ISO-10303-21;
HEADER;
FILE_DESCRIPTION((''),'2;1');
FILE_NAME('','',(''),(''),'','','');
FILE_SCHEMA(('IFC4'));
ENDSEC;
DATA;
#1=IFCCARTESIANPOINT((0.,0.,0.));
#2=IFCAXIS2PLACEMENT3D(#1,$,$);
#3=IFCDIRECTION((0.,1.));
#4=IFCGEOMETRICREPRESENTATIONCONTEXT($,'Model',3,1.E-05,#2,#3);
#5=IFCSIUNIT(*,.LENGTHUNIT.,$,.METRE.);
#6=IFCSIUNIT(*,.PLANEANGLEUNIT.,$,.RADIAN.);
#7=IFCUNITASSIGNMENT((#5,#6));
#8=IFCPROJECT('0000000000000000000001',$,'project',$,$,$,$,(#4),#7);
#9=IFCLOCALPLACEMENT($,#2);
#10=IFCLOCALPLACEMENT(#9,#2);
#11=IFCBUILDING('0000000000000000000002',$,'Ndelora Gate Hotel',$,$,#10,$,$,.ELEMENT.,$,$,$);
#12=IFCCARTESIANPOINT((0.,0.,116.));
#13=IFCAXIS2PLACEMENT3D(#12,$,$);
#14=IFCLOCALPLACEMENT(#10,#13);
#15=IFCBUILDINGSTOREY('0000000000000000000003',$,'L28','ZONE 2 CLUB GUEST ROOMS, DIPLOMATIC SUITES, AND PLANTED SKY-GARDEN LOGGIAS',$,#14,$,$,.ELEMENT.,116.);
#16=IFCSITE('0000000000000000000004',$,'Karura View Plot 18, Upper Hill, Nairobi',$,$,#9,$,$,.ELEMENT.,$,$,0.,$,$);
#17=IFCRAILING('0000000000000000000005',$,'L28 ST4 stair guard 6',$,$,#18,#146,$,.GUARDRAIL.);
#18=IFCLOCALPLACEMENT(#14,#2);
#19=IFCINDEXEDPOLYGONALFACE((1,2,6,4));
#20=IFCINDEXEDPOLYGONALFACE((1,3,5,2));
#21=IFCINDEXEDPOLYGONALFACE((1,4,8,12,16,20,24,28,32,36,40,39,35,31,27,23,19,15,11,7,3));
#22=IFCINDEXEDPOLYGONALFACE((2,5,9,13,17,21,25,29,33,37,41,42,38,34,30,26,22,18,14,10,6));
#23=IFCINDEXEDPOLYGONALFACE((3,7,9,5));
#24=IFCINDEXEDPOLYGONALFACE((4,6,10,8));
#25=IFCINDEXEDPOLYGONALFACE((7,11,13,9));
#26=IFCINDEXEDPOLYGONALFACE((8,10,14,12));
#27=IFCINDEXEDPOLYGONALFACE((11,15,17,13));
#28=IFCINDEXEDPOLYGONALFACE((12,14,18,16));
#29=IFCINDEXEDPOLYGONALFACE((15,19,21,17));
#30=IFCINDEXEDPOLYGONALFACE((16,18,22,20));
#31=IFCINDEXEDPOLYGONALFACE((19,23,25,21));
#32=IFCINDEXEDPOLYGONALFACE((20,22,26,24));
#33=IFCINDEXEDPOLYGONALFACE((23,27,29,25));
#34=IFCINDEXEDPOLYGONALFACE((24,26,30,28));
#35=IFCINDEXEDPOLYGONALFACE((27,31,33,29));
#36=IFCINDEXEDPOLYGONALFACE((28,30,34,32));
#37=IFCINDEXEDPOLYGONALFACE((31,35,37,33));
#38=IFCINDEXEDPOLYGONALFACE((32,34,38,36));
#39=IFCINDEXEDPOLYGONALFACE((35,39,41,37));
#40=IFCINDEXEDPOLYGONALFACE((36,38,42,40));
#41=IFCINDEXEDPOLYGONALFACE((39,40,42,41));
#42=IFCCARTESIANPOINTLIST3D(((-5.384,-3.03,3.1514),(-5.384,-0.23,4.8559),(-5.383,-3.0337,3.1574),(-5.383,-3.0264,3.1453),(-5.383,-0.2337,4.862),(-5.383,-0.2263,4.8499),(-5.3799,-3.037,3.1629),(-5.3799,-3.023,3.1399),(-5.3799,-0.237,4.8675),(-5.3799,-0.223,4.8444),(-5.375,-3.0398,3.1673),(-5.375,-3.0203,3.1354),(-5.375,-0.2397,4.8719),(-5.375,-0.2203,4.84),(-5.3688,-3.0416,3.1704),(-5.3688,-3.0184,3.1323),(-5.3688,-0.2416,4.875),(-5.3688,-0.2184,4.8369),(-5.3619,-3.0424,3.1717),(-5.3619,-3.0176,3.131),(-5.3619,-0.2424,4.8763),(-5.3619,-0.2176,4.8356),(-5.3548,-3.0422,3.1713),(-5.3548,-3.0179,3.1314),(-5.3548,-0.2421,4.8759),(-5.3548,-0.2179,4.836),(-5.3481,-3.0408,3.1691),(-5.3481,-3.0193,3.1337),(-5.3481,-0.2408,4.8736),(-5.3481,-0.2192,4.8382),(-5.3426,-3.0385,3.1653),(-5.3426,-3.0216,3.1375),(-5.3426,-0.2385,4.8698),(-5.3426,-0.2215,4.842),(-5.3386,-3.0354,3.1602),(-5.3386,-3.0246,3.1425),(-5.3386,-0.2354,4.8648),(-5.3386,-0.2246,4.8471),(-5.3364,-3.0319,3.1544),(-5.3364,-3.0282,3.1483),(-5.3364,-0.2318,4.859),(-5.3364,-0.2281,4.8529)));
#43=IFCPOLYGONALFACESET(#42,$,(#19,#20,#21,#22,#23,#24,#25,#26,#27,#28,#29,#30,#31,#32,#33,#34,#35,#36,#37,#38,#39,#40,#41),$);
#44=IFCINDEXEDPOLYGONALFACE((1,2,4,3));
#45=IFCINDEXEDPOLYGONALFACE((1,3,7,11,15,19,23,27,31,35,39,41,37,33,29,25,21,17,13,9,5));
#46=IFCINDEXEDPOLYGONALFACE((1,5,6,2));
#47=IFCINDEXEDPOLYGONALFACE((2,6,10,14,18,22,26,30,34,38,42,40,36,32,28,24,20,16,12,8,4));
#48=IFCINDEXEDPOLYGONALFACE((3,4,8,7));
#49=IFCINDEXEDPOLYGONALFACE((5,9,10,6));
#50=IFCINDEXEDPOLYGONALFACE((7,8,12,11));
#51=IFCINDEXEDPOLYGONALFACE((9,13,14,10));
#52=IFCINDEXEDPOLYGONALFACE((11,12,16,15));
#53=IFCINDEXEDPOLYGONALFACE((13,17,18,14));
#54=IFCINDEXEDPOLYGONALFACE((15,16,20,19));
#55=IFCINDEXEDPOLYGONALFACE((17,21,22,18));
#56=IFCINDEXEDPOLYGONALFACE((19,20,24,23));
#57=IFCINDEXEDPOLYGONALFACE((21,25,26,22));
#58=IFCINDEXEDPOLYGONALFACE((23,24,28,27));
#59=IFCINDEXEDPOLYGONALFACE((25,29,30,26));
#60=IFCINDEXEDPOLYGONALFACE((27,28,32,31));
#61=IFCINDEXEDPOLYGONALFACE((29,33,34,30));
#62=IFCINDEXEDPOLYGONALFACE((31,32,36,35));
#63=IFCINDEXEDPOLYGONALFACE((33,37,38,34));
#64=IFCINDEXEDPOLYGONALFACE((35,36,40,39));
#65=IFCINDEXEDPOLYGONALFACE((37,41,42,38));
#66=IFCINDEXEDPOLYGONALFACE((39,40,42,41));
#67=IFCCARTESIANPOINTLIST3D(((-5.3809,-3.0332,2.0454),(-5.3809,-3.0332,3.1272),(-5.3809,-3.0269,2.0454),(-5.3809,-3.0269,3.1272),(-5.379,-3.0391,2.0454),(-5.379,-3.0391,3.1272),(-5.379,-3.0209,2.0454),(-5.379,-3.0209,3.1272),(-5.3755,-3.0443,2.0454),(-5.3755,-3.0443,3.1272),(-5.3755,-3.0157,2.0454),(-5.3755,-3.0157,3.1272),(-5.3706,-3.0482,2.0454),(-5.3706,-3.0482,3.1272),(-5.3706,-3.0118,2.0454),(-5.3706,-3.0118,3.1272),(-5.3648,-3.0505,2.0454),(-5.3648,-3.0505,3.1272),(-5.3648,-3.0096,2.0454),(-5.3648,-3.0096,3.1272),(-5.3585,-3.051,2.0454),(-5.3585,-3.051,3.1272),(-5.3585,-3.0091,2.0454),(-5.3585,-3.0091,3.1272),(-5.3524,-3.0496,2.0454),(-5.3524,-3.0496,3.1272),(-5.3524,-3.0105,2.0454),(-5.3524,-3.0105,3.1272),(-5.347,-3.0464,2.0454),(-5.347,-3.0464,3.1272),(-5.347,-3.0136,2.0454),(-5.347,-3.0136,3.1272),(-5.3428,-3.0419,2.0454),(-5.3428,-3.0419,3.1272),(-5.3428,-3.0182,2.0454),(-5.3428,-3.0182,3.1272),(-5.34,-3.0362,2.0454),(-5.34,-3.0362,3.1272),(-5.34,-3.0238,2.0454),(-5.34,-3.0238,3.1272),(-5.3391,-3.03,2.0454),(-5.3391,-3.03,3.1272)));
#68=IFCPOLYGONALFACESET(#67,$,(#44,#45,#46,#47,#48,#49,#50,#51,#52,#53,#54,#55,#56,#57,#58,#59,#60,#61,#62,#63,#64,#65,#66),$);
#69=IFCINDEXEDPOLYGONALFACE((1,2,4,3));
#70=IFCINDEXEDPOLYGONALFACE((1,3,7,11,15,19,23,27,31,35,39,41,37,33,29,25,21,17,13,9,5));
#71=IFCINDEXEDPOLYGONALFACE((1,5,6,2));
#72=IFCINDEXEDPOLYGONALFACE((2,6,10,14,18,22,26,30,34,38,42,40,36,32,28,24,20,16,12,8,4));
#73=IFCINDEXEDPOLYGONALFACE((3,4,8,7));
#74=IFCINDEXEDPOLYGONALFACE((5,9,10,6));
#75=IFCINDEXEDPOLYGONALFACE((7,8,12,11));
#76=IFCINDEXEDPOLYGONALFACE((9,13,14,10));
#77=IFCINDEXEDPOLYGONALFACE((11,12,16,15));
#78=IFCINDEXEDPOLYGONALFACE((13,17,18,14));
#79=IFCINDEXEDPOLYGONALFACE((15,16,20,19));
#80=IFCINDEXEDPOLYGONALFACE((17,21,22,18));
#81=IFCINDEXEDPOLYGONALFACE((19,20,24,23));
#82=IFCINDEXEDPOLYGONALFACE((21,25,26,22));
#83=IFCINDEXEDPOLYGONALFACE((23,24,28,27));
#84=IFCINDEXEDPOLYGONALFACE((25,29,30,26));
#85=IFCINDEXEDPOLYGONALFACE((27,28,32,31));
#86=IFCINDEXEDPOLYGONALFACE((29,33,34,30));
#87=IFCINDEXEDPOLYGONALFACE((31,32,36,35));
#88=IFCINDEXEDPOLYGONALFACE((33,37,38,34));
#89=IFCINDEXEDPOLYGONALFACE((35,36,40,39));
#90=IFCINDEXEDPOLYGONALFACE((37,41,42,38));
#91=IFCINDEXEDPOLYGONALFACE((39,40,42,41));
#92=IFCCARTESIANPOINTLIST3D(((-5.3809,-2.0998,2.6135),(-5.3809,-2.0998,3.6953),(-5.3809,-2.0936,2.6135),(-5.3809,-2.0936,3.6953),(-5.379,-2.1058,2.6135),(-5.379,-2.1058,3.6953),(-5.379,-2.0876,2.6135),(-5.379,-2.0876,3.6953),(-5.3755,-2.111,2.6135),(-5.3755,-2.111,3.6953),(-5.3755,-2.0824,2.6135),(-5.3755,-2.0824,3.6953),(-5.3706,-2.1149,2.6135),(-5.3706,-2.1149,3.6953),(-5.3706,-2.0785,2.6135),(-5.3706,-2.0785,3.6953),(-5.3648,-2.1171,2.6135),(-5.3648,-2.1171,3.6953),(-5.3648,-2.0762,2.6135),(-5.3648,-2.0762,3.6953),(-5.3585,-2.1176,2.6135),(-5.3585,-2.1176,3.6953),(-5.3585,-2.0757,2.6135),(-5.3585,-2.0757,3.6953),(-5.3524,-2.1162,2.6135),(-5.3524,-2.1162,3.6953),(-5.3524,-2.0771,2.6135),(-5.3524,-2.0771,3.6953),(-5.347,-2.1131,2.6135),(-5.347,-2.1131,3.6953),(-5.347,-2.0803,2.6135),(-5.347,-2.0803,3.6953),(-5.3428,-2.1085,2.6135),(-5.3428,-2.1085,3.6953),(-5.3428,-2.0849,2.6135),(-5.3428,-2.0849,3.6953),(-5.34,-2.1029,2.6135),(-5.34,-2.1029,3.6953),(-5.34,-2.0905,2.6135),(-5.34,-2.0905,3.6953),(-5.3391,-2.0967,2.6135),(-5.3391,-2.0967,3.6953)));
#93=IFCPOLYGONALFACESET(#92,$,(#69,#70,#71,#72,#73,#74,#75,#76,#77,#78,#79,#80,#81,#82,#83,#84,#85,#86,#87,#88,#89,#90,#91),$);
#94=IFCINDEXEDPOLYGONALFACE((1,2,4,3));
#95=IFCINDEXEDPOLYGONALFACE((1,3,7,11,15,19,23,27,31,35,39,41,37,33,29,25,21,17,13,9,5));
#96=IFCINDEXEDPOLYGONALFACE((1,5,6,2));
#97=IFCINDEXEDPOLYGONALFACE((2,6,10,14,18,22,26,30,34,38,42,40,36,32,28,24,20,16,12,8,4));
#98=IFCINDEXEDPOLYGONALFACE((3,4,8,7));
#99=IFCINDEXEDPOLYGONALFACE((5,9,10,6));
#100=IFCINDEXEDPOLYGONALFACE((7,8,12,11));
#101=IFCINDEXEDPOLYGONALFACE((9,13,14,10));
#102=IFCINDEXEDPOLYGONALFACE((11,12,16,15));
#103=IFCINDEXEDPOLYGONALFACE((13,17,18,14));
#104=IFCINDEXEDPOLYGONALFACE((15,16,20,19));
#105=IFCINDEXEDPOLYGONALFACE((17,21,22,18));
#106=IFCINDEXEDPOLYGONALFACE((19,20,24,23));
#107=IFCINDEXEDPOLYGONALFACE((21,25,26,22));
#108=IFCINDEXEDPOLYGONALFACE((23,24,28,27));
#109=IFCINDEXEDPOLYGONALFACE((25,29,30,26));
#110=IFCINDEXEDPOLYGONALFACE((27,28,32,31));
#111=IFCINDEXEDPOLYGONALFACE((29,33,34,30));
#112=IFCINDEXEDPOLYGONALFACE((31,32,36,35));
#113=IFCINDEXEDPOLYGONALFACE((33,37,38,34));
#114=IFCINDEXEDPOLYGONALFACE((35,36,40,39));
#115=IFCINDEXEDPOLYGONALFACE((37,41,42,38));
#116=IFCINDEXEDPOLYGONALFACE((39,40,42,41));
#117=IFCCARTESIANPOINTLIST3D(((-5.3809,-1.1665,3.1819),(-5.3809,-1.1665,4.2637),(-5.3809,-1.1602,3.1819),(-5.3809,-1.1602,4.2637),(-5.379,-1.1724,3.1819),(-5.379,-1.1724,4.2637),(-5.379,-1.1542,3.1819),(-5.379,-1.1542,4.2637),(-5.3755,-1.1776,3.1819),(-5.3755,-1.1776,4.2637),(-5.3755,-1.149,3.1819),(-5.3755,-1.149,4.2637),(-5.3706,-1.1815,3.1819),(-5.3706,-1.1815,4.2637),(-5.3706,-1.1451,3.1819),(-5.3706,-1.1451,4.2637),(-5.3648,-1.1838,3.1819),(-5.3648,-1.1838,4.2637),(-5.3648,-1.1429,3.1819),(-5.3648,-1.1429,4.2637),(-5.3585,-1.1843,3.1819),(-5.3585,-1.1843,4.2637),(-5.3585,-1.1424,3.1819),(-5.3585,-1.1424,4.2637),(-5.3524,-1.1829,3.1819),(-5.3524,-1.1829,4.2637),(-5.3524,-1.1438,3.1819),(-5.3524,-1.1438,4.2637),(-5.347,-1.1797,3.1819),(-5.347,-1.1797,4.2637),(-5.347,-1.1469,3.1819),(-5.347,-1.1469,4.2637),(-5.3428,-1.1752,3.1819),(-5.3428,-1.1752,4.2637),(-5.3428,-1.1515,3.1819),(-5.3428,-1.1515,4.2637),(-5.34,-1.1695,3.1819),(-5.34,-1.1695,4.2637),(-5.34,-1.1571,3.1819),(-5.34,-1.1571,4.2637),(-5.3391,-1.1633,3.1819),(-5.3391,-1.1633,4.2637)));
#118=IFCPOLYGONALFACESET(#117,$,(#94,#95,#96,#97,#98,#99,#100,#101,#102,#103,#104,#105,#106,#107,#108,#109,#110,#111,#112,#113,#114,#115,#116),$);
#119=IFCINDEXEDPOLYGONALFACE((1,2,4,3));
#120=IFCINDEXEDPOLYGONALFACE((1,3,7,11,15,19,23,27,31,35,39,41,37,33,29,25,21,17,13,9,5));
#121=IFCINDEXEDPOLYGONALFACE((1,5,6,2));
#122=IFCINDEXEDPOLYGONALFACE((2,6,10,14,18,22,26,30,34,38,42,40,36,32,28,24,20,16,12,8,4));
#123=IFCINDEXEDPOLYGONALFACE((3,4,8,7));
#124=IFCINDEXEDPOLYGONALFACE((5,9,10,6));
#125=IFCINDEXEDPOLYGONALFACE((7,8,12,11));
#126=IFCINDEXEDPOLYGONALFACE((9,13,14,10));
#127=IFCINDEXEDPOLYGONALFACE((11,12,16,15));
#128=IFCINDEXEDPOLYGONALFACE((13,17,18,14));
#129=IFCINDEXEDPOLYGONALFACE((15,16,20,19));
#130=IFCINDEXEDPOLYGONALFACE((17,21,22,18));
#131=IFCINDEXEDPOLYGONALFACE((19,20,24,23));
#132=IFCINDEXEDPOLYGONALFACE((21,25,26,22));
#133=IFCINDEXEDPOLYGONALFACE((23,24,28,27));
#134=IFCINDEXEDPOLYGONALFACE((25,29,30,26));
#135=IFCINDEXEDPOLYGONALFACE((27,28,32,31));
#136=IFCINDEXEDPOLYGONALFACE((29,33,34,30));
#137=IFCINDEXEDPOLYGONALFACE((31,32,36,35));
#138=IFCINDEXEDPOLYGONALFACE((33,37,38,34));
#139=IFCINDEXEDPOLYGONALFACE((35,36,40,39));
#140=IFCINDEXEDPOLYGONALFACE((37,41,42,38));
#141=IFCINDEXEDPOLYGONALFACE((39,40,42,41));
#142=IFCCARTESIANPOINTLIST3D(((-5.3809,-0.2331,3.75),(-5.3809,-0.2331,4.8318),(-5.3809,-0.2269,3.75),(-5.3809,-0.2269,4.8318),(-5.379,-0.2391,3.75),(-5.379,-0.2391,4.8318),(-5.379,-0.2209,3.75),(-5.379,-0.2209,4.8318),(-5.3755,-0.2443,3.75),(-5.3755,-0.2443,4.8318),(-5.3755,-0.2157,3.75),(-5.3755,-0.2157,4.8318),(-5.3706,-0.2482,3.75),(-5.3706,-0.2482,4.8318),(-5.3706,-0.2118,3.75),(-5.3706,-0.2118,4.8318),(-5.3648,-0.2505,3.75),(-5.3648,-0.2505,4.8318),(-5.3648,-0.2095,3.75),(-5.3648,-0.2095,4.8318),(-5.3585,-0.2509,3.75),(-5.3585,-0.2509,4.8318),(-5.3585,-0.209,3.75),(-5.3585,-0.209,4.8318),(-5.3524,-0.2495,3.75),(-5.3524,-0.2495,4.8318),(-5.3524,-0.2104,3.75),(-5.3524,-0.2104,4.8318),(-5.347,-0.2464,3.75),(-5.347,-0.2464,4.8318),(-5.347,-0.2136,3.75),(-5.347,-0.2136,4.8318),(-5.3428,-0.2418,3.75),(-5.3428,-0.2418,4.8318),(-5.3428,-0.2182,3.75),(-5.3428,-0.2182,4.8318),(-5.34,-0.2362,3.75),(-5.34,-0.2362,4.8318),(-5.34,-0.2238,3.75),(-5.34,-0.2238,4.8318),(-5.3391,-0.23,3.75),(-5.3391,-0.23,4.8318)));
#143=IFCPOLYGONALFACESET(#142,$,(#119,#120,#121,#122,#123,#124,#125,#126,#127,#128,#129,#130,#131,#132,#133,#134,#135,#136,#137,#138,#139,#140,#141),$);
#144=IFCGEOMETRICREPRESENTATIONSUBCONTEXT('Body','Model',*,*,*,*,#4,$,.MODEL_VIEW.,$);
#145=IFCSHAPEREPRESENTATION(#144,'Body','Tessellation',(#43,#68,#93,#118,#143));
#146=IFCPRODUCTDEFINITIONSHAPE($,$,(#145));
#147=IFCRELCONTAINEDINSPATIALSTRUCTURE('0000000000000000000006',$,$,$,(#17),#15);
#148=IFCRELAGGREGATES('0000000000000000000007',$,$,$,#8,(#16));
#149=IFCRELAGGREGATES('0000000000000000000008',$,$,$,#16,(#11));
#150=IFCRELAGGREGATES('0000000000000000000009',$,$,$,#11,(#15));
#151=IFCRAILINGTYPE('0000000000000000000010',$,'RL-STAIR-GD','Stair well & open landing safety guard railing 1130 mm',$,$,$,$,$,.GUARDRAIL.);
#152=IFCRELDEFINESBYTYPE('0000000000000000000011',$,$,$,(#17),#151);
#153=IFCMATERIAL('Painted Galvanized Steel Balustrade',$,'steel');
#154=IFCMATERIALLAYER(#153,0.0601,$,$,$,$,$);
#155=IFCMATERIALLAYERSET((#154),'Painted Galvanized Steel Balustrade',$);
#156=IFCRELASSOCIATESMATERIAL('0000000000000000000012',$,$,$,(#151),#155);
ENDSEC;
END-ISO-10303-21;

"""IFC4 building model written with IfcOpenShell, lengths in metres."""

from ifc_helpers import new_model, si_unit, direction, frame, origin, origin_2d, place, context, subcontext, project, spatial, circle, extrude, material, layer, layer_set, type_object, element, save


model = new_model("IFC4")

# Units and contexts
model_context = context("Model", 3, precision=1e-05, world=origin(), true_north=direction((0.0, 1.0)))
body_context = subcontext(model_context, "Body", "Model", "MODEL_VIEW")
ifc_project = project(units=[si_unit("LENGTHUNIT", "METRE"), si_unit("PLANEANGLEUNIT", "RADIAN")], contexts=[model_context])

# Site, building, storey
site_placement = place(None, origin())
site = spatial("IfcSite", under=ifc_project, at=site_placement, Name="Karura View Plot 18, Upper Hill, Nairobi", CompositionType="ELEMENT", RefElevation=0.0)
building_placement = place(site_placement, origin())
building = spatial("IfcBuilding", under=site, at=building_placement, Name="Ndelora Gate Hotel", CompositionType="ELEMENT")
storey_placement = place(building_placement, frame((0.0, 0.0, 116.0)))
storey = spatial("IfcBuildingStorey", under=building, at=storey_placement, Name="L28", Description="ZONE 2 CLUB GUEST ROOMS, DIPLOMATIC SUITES, AND PLANTED SKY-GARDEN LOGGIAS", CompositionType="ELEMENT", Elevation=116.0)

# Railing
ifc_material_1 = material(Name="Painted Galvanized Steel Balustrade", Category="steel")
ifc_layer_1 = layer(ifc_material_1, 0.0601)
ifc_layer_set_1 = layer_set([ifc_layer_1], Name="Painted Galvanized Steel Balustrade")
railing_type_1 = type_object("IfcRailingType", Name="RL-STAIR-GD", Description="Stair well & open landing safety guard railing 1130 mm", PredefinedType="GUARDRAIL", material=ifc_layer_set_1)
railing_1_placement = place(storey_placement, frame((-5.3601, -3.03, 2.0454)))
element("IfcRailing", 1, at=railing_1_placement, inside=storey, type_object=railing_type_1, Name="L28 ST4 stair guard 6", PredefinedType="GUARDRAIL", context=body_context, shape_type="SweptSolid", body=[
    extrude(circle(Radius=0.0239, at=origin_2d()), frame((0.0, 0.0, 1.106), z_axis=(0.0, 0.85417, 0.519994), x_axis=(-1.0, 0.0, 0.0)), (0.0, 0.0, 1.0), 3.2781),
    extrude(circle(Radius=0.021, at=origin_2d()), origin(), (0.0, 0.0, 1.0), 1.0818),
    extrude(circle(Radius=0.021, at=origin_2d()), frame((0.0, 0.9333, 0.5681)), (0.0, 0.0, 1.0), 1.0818),
    extrude(circle(Radius=0.021, at=origin_2d()), frame((0.0, 1.8667, 1.1365)), (0.0, 0.0, 1.0), 1.0818),
    extrude(circle(Radius=0.021, at=origin_2d()), frame((0.0, 2.8, 1.7046)), (0.0, 0.0, 1.0), 1.0818),
])

save(model, "model.ifc")
